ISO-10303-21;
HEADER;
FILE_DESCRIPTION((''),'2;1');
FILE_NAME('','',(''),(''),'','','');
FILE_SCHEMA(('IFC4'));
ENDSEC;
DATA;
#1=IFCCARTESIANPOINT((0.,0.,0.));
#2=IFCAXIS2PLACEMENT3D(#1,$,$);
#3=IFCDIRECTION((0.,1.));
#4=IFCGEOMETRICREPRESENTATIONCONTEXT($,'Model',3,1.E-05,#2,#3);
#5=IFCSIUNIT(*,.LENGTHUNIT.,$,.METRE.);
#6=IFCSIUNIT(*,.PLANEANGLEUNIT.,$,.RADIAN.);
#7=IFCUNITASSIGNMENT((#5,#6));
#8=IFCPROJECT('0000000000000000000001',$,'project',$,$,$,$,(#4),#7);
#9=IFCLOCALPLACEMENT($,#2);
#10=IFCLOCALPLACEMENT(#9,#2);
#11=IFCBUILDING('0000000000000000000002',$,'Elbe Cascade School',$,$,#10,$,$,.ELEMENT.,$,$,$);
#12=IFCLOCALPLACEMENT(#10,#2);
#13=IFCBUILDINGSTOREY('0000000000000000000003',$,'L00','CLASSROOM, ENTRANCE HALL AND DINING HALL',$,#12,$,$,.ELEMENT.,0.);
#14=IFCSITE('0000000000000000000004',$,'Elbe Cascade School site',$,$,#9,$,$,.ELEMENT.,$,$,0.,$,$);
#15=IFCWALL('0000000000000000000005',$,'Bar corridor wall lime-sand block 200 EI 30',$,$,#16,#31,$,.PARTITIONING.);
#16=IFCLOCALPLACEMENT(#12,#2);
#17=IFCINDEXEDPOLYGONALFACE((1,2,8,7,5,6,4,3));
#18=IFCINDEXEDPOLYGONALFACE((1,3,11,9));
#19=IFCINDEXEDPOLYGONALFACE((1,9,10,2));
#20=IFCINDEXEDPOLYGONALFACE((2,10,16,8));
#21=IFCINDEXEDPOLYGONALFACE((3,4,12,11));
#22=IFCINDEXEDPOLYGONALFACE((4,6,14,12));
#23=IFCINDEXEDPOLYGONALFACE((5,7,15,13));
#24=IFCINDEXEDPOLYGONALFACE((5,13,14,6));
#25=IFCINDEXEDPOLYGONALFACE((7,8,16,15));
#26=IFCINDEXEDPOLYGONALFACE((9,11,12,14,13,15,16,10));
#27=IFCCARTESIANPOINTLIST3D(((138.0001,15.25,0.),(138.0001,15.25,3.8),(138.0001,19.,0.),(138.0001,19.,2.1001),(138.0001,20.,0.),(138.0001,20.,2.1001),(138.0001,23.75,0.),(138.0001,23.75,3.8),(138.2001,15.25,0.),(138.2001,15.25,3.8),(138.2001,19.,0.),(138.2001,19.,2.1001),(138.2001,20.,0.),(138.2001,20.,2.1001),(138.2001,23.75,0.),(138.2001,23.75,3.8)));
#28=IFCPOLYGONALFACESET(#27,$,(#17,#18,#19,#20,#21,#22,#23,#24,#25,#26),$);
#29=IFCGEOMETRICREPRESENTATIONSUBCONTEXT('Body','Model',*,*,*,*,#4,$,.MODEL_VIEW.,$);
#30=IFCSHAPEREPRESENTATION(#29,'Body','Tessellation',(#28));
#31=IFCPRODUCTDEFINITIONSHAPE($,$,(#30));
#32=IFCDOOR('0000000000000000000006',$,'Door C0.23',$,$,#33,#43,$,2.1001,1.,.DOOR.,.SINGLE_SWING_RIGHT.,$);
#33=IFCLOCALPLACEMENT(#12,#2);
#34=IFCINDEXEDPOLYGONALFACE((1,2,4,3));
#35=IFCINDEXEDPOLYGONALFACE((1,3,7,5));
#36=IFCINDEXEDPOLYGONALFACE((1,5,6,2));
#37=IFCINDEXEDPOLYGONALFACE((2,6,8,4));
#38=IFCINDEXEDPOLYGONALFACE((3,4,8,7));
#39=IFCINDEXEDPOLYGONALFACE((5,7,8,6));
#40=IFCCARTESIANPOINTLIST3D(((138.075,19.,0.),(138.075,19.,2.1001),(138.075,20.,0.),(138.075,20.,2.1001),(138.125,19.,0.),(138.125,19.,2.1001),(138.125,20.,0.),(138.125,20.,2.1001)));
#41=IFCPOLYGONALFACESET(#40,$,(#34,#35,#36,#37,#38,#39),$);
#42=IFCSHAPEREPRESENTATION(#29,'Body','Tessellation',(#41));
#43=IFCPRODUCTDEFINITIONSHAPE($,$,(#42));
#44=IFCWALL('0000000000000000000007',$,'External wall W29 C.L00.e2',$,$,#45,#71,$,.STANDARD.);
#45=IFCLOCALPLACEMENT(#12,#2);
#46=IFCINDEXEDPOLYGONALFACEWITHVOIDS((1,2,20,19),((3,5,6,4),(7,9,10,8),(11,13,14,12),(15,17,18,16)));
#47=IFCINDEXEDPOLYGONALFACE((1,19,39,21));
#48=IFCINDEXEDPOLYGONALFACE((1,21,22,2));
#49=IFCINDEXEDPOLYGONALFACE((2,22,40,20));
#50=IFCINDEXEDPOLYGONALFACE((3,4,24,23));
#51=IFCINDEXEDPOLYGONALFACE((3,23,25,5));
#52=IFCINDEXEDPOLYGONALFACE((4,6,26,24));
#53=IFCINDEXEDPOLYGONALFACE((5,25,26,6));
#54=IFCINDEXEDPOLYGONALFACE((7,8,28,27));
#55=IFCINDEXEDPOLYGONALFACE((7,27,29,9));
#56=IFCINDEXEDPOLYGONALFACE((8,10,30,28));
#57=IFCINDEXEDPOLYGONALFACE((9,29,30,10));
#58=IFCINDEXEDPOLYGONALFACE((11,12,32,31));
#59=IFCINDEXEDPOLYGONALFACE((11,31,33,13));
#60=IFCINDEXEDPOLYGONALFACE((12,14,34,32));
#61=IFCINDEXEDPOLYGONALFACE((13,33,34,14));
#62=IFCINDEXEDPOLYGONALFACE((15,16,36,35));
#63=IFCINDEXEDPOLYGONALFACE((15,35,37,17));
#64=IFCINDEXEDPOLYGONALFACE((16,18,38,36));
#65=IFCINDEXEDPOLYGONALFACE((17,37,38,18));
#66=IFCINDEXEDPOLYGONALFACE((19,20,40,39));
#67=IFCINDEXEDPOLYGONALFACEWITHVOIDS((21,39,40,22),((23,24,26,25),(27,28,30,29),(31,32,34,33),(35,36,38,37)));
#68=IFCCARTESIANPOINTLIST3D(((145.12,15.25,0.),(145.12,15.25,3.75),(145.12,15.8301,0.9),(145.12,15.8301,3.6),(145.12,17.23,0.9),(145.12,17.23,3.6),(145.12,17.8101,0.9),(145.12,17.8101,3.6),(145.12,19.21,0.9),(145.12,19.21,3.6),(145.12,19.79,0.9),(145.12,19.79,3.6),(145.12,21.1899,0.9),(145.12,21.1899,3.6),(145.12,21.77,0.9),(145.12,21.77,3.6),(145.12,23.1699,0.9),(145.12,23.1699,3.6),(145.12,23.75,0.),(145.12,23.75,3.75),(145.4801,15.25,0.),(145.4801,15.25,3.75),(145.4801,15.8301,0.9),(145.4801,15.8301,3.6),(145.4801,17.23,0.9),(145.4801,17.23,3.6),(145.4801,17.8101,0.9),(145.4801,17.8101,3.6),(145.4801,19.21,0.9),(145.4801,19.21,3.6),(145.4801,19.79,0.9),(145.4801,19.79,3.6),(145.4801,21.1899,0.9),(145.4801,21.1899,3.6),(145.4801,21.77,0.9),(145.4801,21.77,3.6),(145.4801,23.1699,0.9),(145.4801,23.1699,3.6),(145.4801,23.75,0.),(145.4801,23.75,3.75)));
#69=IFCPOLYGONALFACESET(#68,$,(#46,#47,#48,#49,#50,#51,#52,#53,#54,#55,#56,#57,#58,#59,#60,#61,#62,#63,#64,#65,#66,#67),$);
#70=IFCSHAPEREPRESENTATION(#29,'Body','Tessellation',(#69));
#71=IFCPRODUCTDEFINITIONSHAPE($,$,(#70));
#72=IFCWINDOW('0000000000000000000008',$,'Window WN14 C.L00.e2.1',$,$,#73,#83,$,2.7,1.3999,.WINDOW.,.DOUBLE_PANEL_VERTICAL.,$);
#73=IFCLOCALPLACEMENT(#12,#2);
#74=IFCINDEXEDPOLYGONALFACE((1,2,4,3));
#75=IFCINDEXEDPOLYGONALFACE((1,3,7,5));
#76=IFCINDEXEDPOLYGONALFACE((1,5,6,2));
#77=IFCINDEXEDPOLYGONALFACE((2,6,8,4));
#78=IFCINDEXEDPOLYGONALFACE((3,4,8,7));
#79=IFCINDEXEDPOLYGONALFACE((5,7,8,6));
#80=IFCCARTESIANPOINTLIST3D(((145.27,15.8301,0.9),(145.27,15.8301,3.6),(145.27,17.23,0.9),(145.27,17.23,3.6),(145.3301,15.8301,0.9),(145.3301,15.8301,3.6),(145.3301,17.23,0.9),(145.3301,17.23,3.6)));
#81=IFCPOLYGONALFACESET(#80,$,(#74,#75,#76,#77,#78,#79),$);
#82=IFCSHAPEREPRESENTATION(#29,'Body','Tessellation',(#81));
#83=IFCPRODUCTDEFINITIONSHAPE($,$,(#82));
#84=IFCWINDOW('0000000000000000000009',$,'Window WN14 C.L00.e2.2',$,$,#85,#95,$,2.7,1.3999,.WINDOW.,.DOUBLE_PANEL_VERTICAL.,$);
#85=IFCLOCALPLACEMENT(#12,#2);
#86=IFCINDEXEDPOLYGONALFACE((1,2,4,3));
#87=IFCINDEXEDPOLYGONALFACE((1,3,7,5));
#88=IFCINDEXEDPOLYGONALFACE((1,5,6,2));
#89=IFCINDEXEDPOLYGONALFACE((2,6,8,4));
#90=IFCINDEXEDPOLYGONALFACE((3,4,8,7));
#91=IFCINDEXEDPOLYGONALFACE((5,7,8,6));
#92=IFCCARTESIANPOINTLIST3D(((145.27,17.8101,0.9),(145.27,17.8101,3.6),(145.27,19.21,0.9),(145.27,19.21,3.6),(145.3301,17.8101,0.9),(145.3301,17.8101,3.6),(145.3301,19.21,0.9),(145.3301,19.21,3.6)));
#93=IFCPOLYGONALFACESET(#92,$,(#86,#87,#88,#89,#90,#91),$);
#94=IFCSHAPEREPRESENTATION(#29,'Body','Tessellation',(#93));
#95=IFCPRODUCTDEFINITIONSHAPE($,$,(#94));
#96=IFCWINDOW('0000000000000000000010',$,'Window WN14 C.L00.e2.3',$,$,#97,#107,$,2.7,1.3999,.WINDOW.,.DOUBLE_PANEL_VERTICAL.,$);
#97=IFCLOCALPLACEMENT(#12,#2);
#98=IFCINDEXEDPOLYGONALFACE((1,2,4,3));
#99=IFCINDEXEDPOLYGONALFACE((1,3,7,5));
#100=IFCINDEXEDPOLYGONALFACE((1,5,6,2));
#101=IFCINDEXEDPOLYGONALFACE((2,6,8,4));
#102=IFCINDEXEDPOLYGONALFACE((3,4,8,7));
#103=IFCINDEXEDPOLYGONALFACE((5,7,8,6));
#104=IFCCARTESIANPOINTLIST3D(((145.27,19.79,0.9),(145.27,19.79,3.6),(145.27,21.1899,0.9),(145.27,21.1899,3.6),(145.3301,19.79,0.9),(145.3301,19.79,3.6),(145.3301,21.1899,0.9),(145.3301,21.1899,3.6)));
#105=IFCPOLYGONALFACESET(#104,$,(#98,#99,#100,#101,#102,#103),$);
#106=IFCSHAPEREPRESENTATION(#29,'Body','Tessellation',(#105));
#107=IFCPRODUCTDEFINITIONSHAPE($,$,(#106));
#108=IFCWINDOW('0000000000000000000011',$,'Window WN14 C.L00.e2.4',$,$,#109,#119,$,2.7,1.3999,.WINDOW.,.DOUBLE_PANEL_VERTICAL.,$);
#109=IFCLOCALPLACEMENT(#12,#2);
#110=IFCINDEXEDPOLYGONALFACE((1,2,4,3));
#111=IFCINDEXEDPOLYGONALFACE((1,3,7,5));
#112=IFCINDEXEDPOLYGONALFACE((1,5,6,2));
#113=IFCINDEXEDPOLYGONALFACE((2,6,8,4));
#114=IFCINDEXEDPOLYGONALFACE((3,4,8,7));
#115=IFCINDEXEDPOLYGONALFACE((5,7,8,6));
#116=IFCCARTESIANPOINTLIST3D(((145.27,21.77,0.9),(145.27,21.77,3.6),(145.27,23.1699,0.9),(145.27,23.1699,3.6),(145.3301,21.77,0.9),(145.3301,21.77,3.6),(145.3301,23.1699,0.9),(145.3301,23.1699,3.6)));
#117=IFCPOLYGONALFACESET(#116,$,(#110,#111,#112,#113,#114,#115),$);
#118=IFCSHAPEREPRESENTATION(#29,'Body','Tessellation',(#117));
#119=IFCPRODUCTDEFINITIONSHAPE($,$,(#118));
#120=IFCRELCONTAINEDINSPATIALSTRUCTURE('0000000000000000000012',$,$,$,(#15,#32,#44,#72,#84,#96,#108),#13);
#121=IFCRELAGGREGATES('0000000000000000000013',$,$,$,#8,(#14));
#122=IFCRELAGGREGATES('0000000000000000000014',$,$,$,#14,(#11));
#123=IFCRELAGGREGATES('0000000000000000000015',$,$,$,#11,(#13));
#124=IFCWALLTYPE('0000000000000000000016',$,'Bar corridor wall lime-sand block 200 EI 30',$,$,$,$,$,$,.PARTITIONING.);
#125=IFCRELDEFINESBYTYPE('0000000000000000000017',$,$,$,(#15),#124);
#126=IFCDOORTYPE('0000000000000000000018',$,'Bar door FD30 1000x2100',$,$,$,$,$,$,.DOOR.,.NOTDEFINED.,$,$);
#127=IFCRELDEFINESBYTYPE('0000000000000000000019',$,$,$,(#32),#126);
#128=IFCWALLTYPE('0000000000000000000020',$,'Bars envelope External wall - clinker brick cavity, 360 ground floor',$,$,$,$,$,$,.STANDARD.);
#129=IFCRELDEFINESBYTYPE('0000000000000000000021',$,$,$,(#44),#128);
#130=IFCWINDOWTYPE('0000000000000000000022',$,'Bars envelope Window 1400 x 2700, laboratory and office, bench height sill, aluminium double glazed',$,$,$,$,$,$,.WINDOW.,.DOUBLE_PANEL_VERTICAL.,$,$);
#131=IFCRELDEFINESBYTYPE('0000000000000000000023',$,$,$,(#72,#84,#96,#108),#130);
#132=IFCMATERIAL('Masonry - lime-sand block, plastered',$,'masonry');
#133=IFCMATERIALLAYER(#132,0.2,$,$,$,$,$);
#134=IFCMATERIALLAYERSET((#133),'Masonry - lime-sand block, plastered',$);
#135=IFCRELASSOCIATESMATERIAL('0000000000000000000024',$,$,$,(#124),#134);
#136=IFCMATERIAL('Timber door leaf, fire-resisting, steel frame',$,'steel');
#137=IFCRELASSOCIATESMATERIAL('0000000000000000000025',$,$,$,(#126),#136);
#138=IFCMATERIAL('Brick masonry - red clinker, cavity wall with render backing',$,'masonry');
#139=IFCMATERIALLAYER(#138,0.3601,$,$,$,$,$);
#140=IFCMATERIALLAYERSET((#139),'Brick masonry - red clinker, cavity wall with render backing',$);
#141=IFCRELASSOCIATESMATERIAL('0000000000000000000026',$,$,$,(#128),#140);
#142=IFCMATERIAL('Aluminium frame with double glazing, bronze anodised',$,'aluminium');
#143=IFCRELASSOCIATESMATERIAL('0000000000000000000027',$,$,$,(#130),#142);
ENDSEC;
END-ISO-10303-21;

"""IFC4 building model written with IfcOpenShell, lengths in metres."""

from ifc_helpers import new_model, si_unit, direction, frame, frame_2d, origin, place, context, subcontext, project, spatial, rectangle, extrude, material, layer, layer_set, type_object, element, fill, save


model = new_model("IFC4")

# Units and contexts
model_context = context("Model", 3, precision=1e-05, world=origin(), true_north=direction((0.0, 1.0)))
body_context = subcontext(model_context, "Body", "Model", "MODEL_VIEW")
ifc_project = project(units=[si_unit("LENGTHUNIT", "METRE"), si_unit("PLANEANGLEUNIT", "RADIAN")], contexts=[model_context])

# Site, building, storey
site_placement = place(None, origin())
site = spatial("IfcSite", under=ifc_project, at=site_placement, Name="Elbe Cascade School site", CompositionType="ELEMENT", RefElevation=0.0)
building_placement = place(site_placement, origin())
building = spatial("IfcBuilding", under=site, at=building_placement, Name="Elbe Cascade School", CompositionType="ELEMENT")
storey_placement = place(building_placement, origin())
storey = spatial("IfcBuildingStorey", under=building, at=storey_placement, Name="L00", Description="CLASSROOM, ENTRANCE HALL AND DINING HALL", CompositionType="ELEMENT", Elevation=0.0)

# Wall, opening, door
ifc_material_1 = material(Name="Masonry - lime-sand block, plastered", Category="masonry")
ifc_layer_1 = layer(ifc_material_1, 0.2)
ifc_layer_set_1 = layer_set([ifc_layer_1], Name="Masonry - lime-sand block, plastered")
wall_type_1 = type_object("IfcWallType", Name="Bar corridor wall lime-sand block 200 EI 30", PredefinedType="PARTITIONING", material=ifc_layer_set_1)
wall_1_placement = place(storey_placement, frame((138.1001, 23.75, 0.0), z_axis=(0.0, 0.0, 1.0), x_axis=(0.0, -1.0, 0.0)))
wall_1 = element("IfcWall", 1, at=wall_1_placement, inside=storey, type_object=wall_type_1, Name="Bar corridor wall lime-sand block 200 EI 30", PredefinedType="PARTITIONING", context=body_context, shape_type="SweptSolid", body=[
    extrude(rectangle(XDim=8.5, YDim=0.2, at=frame_2d((4.25, 0.0))), origin(), (0.0, 0.0, 1.0), 3.8),
])
opening_1_placement = place(wall_1_placement, frame((3.75, 0.0, 0.0)))
opening_1 = element("IfcOpeningElement", 2, at=opening_1_placement, cuts=wall_1, PredefinedType="OPENING", context=body_context, shape_type="SweptSolid", body=[
    extrude(rectangle(XDim=1.0, YDim=2.1001, at=frame_2d((0.5, 1.05))), frame((0.0, 0.1099, 0.0), z_axis=(0.0, -1.0, 0.0), x_axis=(1.0, 0.0, 0.0)), (0.0, 0.0, 1.0), 0.22),
])
ifc_material_2 = material(Name="Timber door leaf, fire-resisting, steel frame", Category="steel")
door_type_1 = type_object("IfcDoorType", Name="Bar door FD30 1000x2100", OperationType="NOTDEFINED", PredefinedType="DOOR", material=ifc_material_2)
door_1_placement = place(opening_1_placement, origin())
door_1 = element("IfcDoor", 3, at=door_1_placement, inside=storey, type_object=door_type_1, Name="Door C0.23", OperationType="SINGLE_SWING_RIGHT", OverallHeight=2.1001, OverallWidth=1.0, PredefinedType="DOOR", context=body_context, shape_type="SweptSolid", body=[
    extrude(rectangle(XDim=1.0, YDim=2.1001, at=frame_2d((0.5, 1.05))), frame((0.0, 0.0249, 0.0), z_axis=(0.0, -1.0, 0.0), x_axis=(1.0, 0.0, 0.0)), (0.0, 0.0, 1.0), 0.05),
])
fill(opening_1, door_1)

# Wall, openings, windows
ifc_material_3 = material(Name="Brick masonry - red clinker, cavity wall with render backing", Category="masonry")
ifc_layer_2 = layer(ifc_material_3, 0.3601)
ifc_layer_set_2 = layer_set([ifc_layer_2], Name="Brick masonry - red clinker, cavity wall with render backing")
wall_type_2 = type_object("IfcWallType", Name="Bars envelope External wall - clinker brick cavity, 360 ground floor", PredefinedType="STANDARD", material=ifc_layer_set_2)
wall_2_placement = place(storey_placement, frame((145.3, 23.75, 0.0), z_axis=(0.0, 0.0, 1.0), x_axis=(0.0, -1.0, 0.0)))
wall_2 = element("IfcWall", 4, at=wall_2_placement, inside=storey, type_object=wall_type_2, Name="External wall W29 C.L00.e2", PredefinedType="STANDARD", context=body_context, shape_type="SweptSolid", body=[
    extrude(rectangle(XDim=8.5, YDim=0.3601, at=frame_2d((4.25, 0.0))), origin(), (0.0, 0.0, 1.0), 3.75),
])
opening_2_placement = place(wall_2_placement, frame((6.52, 0.0, 0.8999)))
opening_2 = element("IfcOpeningElement", 5, at=opening_2_placement, cuts=wall_2, PredefinedType="OPENING", context=body_context, shape_type="SweptSolid", body=[
    extrude(rectangle(XDim=1.3999, YDim=2.7, at=frame_2d((0.7, 1.3501))), frame((0.0, 0.1899, 0.0), z_axis=(0.0, -1.0, 0.0), x_axis=(1.0, 0.0, 0.0)), (0.0, 0.0, 1.0), 0.3801),
])
opening_3_placement = place(wall_2_placement, frame((4.54, 0.0, 0.8999)))
opening_3 = element("IfcOpeningElement", 6, at=opening_3_placement, cuts=wall_2, PredefinedType="OPENING", context=body_context, shape_type="SweptSolid", body=[
    extrude(rectangle(XDim=1.3999, YDim=2.7, at=frame_2d((0.7, 1.3501))), frame((0.0, 0.1899, 0.0), z_axis=(0.0, -1.0, 0.0), x_axis=(1.0, 0.0, 0.0)), (0.0, 0.0, 1.0), 0.3801),
])
opening_4_placement = place(wall_2_placement, frame((2.5601, 0.0, 0.8999)))
opening_4 = element("IfcOpeningElement", 7, at=opening_4_placement, cuts=wall_2, PredefinedType="OPENING", context=body_context, shape_type="SweptSolid", body=[
    extrude(rectangle(XDim=1.3999, YDim=2.7, at=frame_2d((0.7, 1.3501))), frame((0.0, 0.1899, 0.0), z_axis=(0.0, -1.0, 0.0), x_axis=(1.0, 0.0, 0.0)), (0.0, 0.0, 1.0), 0.3801),
])
opening_5_placement = place(wall_2_placement, frame((0.5801, 0.0, 0.8999)))
opening_5 = element("IfcOpeningElement", 8, at=opening_5_placement, cuts=wall_2, PredefinedType="OPENING", context=body_context, shape_type="SweptSolid", body=[
    extrude(rectangle(XDim=1.3999, YDim=2.7, at=frame_2d((0.7, 1.3501))), frame((0.0, 0.1899, 0.0), z_axis=(0.0, -1.0, 0.0), x_axis=(1.0, 0.0, 0.0)), (0.0, 0.0, 1.0), 0.3801),
])
ifc_material_4 = material(Name="Aluminium frame with double glazing, bronze anodised", Category="aluminium")
window_type = type_object("IfcWindowType", Name="Bars envelope Window 1400 x 2700, laboratory and office, bench height sill, aluminium double glazed", PartitioningType="DOUBLE_PANEL_VERTICAL", PredefinedType="WINDOW", material=ifc_material_4)
window_1_placement = place(opening_2_placement, origin())
window_1 = element("IfcWindow", 9, at=window_1_placement, inside=storey, type_object=window_type, Name="Window WN14 C.L00.e2.1", OverallHeight=2.7, OverallWidth=1.3999, PartitioningType="DOUBLE_PANEL_VERTICAL", PredefinedType="WINDOW", context=body_context, shape_type="SweptSolid", body=[
    extrude(rectangle(XDim=1.3999, YDim=2.7, at=frame_2d((0.7, 1.3501))), frame((0.0, 0.03, 0.0), z_axis=(0.0, -1.0, 0.0), x_axis=(1.0, 0.0, 0.0)), (0.0, 0.0, 1.0), 0.0601),
])
fill(opening_2, window_1)
window_2_placement = place(opening_3_placement, origin())
window_2 = element("IfcWindow", 10, at=window_2_placement, inside=storey, type_object=window_type, Name="Window WN14 C.L00.e2.2", OverallHeight=2.7, OverallWidth=1.3999, PartitioningType="DOUBLE_PANEL_VERTICAL", PredefinedType="WINDOW", context=body_context, shape_type="SweptSolid", body=[
    extrude(rectangle(XDim=1.3999, YDim=2.7, at=frame_2d((0.7, 1.3501))), frame((0.0, 0.03, 0.0), z_axis=(0.0, -1.0, 0.0), x_axis=(1.0, 0.0, 0.0)), (0.0, 0.0, 1.0), 0.0601),
])
fill(opening_3, window_2)
window_3_placement = place(opening_4_placement, origin())
window_3 = element("IfcWindow", 11, at=window_3_placement, inside=storey, type_object=window_type, Name="Window WN14 C.L00.e2.3", OverallHeight=2.7, OverallWidth=1.3999, PartitioningType="DOUBLE_PANEL_VERTICAL", PredefinedType="WINDOW", context=body_context, shape_type="SweptSolid", body=[
    extrude(rectangle(XDim=1.3999, YDim=2.7, at=frame_2d((0.7, 1.3501))), frame((0.0, 0.03, 0.0), z_axis=(0.0, -1.0, 0.0), x_axis=(1.0, 0.0, 0.0)), (0.0, 0.0, 1.0), 0.0601),
])
fill(opening_4, window_3)
window_4_placement = place(opening_5_placement, origin())
window_4 = element("IfcWindow", 12, at=window_4_placement, inside=storey, type_object=window_type, Name="Window WN14 C.L00.e2.4", OverallHeight=2.7, OverallWidth=1.3999, PartitioningType="DOUBLE_PANEL_VERTICAL", PredefinedType="WINDOW", context=body_context, shape_type="SweptSolid", body=[
    extrude(rectangle(XDim=1.3999, YDim=2.7, at=frame_2d((0.7, 1.3501))), frame((0.0, 0.03, 0.0), z_axis=(0.0, -1.0, 0.0), x_axis=(1.0, 0.0, 0.0)), (0.0, 0.0, 1.0), 0.0601),
])
fill(opening_5, window_4)

save(model, "model.ifc")
